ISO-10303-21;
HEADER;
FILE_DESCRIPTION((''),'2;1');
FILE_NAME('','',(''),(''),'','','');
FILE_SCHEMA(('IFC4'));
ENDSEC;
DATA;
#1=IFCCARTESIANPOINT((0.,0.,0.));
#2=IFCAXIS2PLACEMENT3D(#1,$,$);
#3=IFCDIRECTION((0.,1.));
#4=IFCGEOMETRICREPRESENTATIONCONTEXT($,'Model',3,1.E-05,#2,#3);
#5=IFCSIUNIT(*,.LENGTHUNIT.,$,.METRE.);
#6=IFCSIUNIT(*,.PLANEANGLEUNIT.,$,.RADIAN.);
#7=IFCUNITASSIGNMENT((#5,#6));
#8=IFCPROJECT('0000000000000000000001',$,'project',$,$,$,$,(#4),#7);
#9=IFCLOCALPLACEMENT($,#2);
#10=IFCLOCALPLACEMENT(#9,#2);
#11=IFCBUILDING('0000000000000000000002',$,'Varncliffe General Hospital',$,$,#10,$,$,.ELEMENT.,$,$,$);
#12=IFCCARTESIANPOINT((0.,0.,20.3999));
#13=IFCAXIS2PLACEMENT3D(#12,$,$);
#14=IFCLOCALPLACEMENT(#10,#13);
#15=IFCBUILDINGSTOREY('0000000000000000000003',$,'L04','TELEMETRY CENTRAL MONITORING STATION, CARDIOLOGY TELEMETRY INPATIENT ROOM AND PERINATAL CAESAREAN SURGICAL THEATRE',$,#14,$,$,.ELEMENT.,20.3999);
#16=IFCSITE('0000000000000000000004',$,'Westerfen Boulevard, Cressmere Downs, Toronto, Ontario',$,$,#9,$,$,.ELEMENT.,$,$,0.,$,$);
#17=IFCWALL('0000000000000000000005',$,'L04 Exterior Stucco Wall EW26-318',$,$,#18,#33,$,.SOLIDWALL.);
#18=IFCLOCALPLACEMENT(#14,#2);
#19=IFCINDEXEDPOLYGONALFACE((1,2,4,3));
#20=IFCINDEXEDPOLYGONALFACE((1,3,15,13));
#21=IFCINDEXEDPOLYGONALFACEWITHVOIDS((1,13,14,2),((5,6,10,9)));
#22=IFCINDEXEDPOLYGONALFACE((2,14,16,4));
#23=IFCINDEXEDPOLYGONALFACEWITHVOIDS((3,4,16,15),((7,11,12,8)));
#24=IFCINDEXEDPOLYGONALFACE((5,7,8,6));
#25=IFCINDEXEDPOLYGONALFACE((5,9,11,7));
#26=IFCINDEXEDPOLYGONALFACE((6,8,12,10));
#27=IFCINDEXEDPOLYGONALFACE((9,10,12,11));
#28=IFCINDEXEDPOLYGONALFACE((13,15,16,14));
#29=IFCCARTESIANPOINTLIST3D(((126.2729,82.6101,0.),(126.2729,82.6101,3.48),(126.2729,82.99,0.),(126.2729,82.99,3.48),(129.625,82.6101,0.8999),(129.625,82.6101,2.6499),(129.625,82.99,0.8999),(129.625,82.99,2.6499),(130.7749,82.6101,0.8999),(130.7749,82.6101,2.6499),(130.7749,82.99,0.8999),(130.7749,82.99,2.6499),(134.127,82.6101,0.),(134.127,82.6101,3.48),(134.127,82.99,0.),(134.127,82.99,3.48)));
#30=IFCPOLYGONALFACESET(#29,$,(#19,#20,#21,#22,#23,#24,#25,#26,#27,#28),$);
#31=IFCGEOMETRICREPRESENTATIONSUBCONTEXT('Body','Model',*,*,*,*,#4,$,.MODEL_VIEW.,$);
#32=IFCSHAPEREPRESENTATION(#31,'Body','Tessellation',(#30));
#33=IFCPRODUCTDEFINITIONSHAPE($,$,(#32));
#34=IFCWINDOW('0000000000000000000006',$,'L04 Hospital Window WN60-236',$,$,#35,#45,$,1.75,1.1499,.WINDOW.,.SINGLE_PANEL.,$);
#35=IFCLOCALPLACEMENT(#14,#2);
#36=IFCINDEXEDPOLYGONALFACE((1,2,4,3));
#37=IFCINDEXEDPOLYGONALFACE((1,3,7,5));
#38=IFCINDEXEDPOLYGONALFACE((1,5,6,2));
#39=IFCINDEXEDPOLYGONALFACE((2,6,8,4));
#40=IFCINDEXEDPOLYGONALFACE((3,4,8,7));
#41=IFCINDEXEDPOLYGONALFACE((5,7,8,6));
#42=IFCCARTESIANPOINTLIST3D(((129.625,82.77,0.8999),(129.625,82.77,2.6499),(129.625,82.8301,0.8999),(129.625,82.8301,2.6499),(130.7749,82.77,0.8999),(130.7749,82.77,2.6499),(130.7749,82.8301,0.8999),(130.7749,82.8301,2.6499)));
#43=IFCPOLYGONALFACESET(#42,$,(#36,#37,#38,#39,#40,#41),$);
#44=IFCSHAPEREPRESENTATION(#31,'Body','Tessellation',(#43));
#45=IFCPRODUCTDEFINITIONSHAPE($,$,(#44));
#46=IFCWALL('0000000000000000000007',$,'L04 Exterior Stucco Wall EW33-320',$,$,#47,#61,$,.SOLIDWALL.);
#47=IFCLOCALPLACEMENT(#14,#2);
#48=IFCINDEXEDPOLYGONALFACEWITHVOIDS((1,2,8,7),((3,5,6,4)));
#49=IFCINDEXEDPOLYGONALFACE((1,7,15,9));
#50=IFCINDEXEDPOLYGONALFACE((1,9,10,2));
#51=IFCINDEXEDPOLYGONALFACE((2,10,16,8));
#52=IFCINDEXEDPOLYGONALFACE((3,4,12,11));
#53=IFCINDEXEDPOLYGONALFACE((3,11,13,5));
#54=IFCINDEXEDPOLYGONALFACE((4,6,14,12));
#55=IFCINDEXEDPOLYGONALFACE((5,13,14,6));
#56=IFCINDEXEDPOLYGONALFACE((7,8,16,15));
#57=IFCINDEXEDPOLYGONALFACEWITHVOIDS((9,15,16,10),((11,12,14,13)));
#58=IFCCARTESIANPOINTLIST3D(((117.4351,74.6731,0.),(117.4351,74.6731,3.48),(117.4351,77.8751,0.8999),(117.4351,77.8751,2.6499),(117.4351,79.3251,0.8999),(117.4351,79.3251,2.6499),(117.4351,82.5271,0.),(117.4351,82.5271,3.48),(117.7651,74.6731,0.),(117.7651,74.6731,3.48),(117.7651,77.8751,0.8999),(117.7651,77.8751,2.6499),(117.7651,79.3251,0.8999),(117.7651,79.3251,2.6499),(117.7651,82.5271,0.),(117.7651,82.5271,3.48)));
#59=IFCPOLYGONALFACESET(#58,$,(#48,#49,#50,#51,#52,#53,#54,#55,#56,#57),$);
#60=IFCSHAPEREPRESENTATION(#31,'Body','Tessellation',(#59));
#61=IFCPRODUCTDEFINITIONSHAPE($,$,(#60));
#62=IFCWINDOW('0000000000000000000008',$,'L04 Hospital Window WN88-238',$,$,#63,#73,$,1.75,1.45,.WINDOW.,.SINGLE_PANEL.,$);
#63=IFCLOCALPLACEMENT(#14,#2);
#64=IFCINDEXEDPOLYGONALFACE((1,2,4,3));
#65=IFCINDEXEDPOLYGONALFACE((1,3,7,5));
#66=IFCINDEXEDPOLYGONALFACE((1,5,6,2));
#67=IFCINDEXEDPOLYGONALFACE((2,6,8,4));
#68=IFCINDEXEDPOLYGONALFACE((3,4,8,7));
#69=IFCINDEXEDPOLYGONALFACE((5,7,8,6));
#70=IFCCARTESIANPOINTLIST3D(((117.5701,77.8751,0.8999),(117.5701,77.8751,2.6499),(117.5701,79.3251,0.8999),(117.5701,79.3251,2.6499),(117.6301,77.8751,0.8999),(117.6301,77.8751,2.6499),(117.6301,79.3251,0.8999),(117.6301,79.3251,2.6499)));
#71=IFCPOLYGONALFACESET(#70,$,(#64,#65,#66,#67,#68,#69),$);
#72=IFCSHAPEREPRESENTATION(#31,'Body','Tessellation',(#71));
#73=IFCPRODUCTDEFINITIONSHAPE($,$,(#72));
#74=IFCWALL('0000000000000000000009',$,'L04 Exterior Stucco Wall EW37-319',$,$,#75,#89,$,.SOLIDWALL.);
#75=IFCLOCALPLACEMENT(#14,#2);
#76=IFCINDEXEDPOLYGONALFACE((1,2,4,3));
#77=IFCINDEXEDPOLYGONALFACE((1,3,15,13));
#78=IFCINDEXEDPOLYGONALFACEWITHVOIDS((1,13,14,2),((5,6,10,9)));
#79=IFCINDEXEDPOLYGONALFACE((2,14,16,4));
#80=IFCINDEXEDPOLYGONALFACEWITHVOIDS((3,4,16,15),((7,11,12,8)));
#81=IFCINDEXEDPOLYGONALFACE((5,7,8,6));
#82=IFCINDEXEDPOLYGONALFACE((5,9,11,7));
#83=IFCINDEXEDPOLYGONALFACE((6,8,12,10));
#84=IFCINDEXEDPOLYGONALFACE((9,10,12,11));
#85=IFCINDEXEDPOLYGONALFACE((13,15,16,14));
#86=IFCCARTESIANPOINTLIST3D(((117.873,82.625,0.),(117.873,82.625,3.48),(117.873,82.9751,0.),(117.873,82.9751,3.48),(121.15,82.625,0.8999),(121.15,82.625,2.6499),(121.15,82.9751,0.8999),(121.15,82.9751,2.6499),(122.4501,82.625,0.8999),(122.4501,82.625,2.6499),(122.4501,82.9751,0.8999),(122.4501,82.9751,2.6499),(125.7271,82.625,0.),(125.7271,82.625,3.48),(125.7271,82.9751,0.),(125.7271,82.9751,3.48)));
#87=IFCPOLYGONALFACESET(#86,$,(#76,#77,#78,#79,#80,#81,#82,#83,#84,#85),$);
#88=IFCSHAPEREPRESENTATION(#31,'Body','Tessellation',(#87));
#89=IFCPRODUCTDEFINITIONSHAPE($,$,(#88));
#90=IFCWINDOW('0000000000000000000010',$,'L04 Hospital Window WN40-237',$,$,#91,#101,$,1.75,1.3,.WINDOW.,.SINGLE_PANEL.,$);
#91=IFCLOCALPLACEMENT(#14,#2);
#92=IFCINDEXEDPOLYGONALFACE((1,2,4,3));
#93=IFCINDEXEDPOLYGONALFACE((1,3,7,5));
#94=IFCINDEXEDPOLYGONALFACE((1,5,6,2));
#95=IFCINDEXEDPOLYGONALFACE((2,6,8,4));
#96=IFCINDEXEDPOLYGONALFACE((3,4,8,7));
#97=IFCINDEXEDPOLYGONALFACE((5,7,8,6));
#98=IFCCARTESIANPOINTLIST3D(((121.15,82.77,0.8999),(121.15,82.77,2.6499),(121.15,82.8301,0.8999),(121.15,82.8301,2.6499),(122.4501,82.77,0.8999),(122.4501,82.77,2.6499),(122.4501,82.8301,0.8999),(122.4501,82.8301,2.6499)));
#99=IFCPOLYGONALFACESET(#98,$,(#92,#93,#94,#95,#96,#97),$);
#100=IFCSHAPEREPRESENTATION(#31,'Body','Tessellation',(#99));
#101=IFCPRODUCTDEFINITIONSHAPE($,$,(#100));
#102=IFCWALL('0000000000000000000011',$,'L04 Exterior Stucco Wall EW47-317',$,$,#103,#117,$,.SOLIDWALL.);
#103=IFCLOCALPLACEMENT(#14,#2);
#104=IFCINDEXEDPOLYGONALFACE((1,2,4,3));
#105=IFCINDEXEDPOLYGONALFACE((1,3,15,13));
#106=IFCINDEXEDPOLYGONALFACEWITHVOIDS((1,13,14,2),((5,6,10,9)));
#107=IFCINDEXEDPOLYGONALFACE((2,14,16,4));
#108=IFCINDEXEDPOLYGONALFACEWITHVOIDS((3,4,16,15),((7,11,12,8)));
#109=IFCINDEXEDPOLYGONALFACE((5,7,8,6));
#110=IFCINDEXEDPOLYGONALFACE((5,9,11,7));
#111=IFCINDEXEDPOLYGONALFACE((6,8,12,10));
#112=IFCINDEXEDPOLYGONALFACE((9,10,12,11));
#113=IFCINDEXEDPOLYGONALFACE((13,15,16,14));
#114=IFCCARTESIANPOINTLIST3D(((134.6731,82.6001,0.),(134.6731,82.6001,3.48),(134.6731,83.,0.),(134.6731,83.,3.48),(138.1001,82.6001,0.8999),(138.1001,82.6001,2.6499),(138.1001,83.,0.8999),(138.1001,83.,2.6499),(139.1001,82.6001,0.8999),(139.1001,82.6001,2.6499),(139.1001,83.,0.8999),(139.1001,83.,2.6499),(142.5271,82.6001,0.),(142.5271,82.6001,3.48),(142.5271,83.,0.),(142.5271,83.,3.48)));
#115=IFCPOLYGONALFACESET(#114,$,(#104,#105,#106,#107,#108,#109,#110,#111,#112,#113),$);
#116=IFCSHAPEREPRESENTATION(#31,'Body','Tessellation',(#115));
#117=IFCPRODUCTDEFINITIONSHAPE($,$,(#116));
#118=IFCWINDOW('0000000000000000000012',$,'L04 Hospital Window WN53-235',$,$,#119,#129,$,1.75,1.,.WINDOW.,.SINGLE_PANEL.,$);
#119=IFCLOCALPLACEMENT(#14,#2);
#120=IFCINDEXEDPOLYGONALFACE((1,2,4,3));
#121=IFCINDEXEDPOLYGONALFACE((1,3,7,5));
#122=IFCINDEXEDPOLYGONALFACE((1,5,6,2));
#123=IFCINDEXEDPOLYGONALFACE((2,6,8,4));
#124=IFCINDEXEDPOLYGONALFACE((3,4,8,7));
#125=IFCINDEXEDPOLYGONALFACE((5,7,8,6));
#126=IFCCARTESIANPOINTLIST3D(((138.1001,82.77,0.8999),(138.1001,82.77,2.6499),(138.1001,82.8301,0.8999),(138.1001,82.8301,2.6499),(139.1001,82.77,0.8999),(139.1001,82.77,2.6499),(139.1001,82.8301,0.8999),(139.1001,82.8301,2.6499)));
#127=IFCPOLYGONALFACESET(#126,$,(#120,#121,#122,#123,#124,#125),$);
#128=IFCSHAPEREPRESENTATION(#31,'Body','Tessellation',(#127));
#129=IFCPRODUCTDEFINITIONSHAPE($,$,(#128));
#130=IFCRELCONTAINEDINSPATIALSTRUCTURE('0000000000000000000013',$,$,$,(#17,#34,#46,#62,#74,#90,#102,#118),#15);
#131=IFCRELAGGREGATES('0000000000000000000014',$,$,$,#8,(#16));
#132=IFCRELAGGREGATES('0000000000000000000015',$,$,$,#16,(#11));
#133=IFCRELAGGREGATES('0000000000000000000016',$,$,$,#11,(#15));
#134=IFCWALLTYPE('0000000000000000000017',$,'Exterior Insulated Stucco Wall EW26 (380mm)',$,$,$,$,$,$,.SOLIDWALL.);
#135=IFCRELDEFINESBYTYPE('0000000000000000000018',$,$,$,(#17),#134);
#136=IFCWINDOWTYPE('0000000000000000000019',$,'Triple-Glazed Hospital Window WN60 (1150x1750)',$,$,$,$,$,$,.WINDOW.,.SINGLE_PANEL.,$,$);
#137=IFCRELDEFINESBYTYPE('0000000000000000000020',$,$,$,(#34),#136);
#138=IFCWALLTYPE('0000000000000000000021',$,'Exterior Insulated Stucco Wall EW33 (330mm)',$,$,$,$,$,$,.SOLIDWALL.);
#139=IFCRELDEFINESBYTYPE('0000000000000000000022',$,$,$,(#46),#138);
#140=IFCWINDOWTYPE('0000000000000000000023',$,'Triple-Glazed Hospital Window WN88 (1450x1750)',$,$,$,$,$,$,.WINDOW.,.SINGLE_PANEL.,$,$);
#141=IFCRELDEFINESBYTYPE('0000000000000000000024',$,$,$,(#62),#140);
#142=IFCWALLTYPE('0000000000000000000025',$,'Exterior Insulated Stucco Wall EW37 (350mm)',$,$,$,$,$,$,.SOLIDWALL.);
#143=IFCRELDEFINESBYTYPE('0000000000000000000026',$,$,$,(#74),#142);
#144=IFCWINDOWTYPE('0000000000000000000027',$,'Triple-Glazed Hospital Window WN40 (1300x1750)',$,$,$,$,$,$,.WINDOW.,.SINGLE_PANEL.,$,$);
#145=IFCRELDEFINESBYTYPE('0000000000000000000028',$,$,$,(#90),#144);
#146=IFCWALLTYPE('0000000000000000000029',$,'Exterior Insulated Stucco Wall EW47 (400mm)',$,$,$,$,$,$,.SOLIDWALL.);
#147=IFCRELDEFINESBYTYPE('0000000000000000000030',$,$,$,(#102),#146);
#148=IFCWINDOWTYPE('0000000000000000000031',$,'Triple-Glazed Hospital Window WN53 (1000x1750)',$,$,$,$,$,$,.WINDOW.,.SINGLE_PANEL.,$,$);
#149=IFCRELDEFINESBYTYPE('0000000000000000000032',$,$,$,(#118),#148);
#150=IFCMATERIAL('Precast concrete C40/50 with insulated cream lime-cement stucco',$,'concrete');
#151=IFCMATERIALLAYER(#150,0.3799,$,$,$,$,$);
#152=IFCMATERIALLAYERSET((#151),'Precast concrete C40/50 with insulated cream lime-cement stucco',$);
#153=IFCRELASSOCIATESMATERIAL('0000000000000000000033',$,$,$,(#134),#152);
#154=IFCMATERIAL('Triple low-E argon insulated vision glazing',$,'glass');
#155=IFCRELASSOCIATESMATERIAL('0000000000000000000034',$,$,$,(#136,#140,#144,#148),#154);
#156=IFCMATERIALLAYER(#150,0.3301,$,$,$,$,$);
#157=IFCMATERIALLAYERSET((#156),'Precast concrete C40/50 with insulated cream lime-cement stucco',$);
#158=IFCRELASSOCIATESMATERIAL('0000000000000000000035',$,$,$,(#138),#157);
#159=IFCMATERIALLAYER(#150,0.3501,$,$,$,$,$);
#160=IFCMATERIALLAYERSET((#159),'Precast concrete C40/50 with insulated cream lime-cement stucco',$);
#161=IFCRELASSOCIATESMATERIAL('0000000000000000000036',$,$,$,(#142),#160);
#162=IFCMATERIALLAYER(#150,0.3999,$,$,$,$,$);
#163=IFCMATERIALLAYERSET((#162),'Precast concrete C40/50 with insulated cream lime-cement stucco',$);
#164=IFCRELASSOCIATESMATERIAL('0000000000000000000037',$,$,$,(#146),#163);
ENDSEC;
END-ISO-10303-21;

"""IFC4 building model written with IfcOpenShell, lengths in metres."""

from ifc_helpers import new_model, si_unit, direction, frame, frame_2d, origin, place, context, subcontext, project, spatial, rectangle, extrude, material, layer, layer_set, type_object, element, fill, save


model = new_model("IFC4")

# Units and contexts
model_context = context("Model", 3, precision=1e-05, world=origin(), true_north=direction((0.0, 1.0)))
body_context = subcontext(model_context, "Body", "Model", "MODEL_VIEW")
ifc_project = project(units=[si_unit("LENGTHUNIT", "METRE"), si_unit("PLANEANGLEUNIT", "RADIAN")], contexts=[model_context])

# Site, building, storey
site_placement = place(None, origin())
site = spatial("IfcSite", under=ifc_project, at=site_placement, Name="Westerfen Boulevard, Cressmere Downs, Toronto, Ontario", CompositionType="ELEMENT", RefElevation=0.0)
building_placement = place(site_placement, origin())
building = spatial("IfcBuilding", under=site, at=building_placement, Name="Varncliffe General Hospital", CompositionType="ELEMENT")
storey_placement = place(building_placement, frame((0.0, 0.0, 20.3999)))
storey = spatial("IfcBuildingStorey", under=building, at=storey_placement, Name="L04", Description="TELEMETRY CENTRAL MONITORING STATION, CARDIOLOGY TELEMETRY INPATIENT ROOM AND PERINATAL CAESAREAN SURGICAL THEATRE", CompositionType="ELEMENT", Elevation=20.3999)

# Walls, openings, windows
ifc_material_1 = material(Name="Precast concrete C40/50 with insulated cream lime-cement stucco", Category="concrete")
ifc_material_2 = material(Name="Triple low-E argon insulated vision glazing", Category="glass")
ifc_layer_1 = layer(ifc_material_1, 0.3799)
ifc_layer_set_1 = layer_set([ifc_layer_1], Name="Precast concrete C40/50 with insulated cream lime-cement stucco")
wall_type_1 = type_object("IfcWallType", Name="Exterior Insulated Stucco Wall EW26 (380mm)", PredefinedType="SOLIDWALL", material=ifc_layer_set_1)
wall_1_placement = place(storey_placement, frame((134.127, 82.8, 0.0), z_axis=(0.0, 0.0, 1.0), x_axis=(-1.0, 0.0, 0.0)))
wall_1 = element("IfcWall", 1, at=wall_1_placement, inside=storey, type_object=wall_type_1, Name="L04 Exterior Stucco Wall EW26-318", PredefinedType="SOLIDWALL", context=body_context, shape_type="SweptSolid", body=[
    extrude(rectangle(XDim=7.854, YDim=0.3799, at=frame_2d((3.927, 0.0))), origin(), (0.0, 0.0, 1.0), 3.48),
])
opening_1_placement = place(wall_1_placement, frame((3.3521, 0.0, 0.8999)))
opening_1 = element("IfcOpeningElement", 2, at=opening_1_placement, cuts=wall_1, PredefinedType="OPENING", context=body_context, shape_type="SweptSolid", body=[
    extrude(rectangle(XDim=1.1499, YDim=1.75, at=frame_2d((0.575, 0.875))), frame((0.0, 0.2, 0.0), z_axis=(0.0, -1.0, 0.0), x_axis=(1.0, 0.0, 0.0)), (0.0, 0.0, 1.0), 0.3999),
])
window_type_1 = type_object("IfcWindowType", Name="Triple-Glazed Hospital Window WN60 (1150x1750)", PartitioningType="SINGLE_PANEL", PredefinedType="WINDOW", material=ifc_material_2)
window_1_placement = place(opening_1_placement, origin())
window_1 = element("IfcWindow", 3, at=window_1_placement, inside=storey, type_object=window_type_1, Name="L04 Hospital Window WN60-236", OverallHeight=1.75, OverallWidth=1.1499, PartitioningType="SINGLE_PANEL", PredefinedType="WINDOW", context=body_context, shape_type="SweptSolid", body=[
    extrude(rectangle(XDim=1.1499, YDim=1.75, at=frame_2d((0.575, 0.875))), frame((0.0, 0.03, 0.0), z_axis=(0.0, -1.0, 0.0), x_axis=(1.0, 0.0, 0.0)), (0.0, 0.0, 1.0), 0.0601),
])
fill(opening_1, window_1)
ifc_layer_2 = layer(ifc_material_1, 0.3301)
ifc_layer_set_2 = layer_set([ifc_layer_2], Name="Precast concrete C40/50 with insulated cream lime-cement stucco")
wall_type_2 = type_object("IfcWallType", Name="Exterior Insulated Stucco Wall EW33 (330mm)", PredefinedType="SOLIDWALL", material=ifc_layer_set_2)
wall_2_placement = place(storey_placement, frame((117.6001, 82.5271, 0.0), z_axis=(0.0, 0.0, 1.0), x_axis=(0.0, -1.0, 0.0)))
wall_2 = element("IfcWall", 4, at=wall_2_placement, inside=storey, type_object=wall_type_2, Name="L04 Exterior Stucco Wall EW33-320", PredefinedType="SOLIDWALL", context=body_context, shape_type="SweptSolid", body=[
    extrude(rectangle(XDim=7.854, YDim=0.3301, at=frame_2d((3.927, 0.0))), origin(), (0.0, 0.0, 1.0), 3.48),
])
opening_2_placement = place(wall_2_placement, frame((3.2019, 0.0, 0.8999)))
opening_2 = element("IfcOpeningElement", 5, at=opening_2_placement, cuts=wall_2, PredefinedType="OPENING", context=body_context, shape_type="SweptSolid", body=[
    extrude(rectangle(XDim=1.45, YDim=1.75, at=frame_2d((0.7251, 0.875))), frame((0.0, 0.175, 0.0), z_axis=(0.0, -1.0, 0.0), x_axis=(1.0, 0.0, 0.0)), (0.0, 0.0, 1.0), 0.3501),
])
window_type_2 = type_object("IfcWindowType", Name="Triple-Glazed Hospital Window WN88 (1450x1750)", PartitioningType="SINGLE_PANEL", PredefinedType="WINDOW", material=ifc_material_2)
window_2_placement = place(opening_2_placement, origin())
window_2 = element("IfcWindow", 6, at=window_2_placement, inside=storey, type_object=window_type_2, Name="L04 Hospital Window WN88-238", OverallHeight=1.75, OverallWidth=1.45, PartitioningType="SINGLE_PANEL", PredefinedType="WINDOW", context=body_context, shape_type="SweptSolid", body=[
    extrude(rectangle(XDim=1.45, YDim=1.75, at=frame_2d((0.7251, 0.875))), frame((0.0, 0.03, 0.0), z_axis=(0.0, -1.0, 0.0), x_axis=(1.0, 0.0, 0.0)), (0.0, 0.0, 1.0), 0.0601),
])
fill(opening_2, window_2)
ifc_layer_3 = layer(ifc_material_1, 0.3501)
ifc_layer_set_3 = layer_set([ifc_layer_3], Name="Precast concrete C40/50 with insulated cream lime-cement stucco")
wall_type_3 = type_object("IfcWallType", Name="Exterior Insulated Stucco Wall EW37 (350mm)", PredefinedType="SOLIDWALL", material=ifc_layer_set_3)
wall_3_placement = place(storey_placement, frame((125.7271, 82.8, 0.0), z_axis=(0.0, 0.0, 1.0), x_axis=(-1.0, 0.0, 0.0)))
wall_3 = element("IfcWall", 7, at=wall_3_placement, inside=storey, type_object=wall_type_3, Name="L04 Exterior Stucco Wall EW37-319", PredefinedType="SOLIDWALL", context=body_context, shape_type="SweptSolid", body=[
    extrude(rectangle(XDim=7.854, YDim=0.3501, at=frame_2d((3.927, 0.0))), origin(), (0.0, 0.0, 1.0), 3.48),
])
opening_3_placement = place(wall_3_placement, frame((3.2771, 0.0, 0.8999)))
opening_3 = element("IfcOpeningElement", 8, at=opening_3_placement, cuts=wall_3, PredefinedType="OPENING", context=body_context, shape_type="SweptSolid", body=[
    extrude(rectangle(XDim=1.3, YDim=1.75, at=frame_2d((0.6499, 0.875))), frame((0.0, 0.1851, 0.0), z_axis=(0.0, -1.0, 0.0), x_axis=(1.0, 0.0, 0.0)), (0.0, 0.0, 1.0), 0.3701),
])
window_type_3 = type_object("IfcWindowType", Name="Triple-Glazed Hospital Window WN40 (1300x1750)", PartitioningType="SINGLE_PANEL", PredefinedType="WINDOW", material=ifc_material_2)
window_3_placement = place(opening_3_placement, origin())
window_3 = element("IfcWindow", 9, at=window_3_placement, inside=storey, type_object=window_type_3, Name="L04 Hospital Window WN40-237", OverallHeight=1.75, OverallWidth=1.3, PartitioningType="SINGLE_PANEL", PredefinedType="WINDOW", context=body_context, shape_type="SweptSolid", body=[
    extrude(rectangle(XDim=1.3, YDim=1.75, at=frame_2d((0.6499, 0.875))), frame((0.0, 0.03, 0.0), z_axis=(0.0, -1.0, 0.0), x_axis=(1.0, 0.0, 0.0)), (0.0, 0.0, 1.0), 0.0601),
])
fill(opening_3, window_3)
ifc_layer_4 = layer(ifc_material_1, 0.3999)
ifc_layer_set_4 = layer_set([ifc_layer_4], Name="Precast concrete C40/50 with insulated cream lime-cement stucco")
wall_type_4 = type_object("IfcWallType", Name="Exterior Insulated Stucco Wall EW47 (400mm)", PredefinedType="SOLIDWALL", material=ifc_layer_set_4)
wall_4_placement = place(storey_placement, frame((142.5271, 82.8, 0.0), z_axis=(0.0, 0.0, 1.0), x_axis=(-1.0, 0.0, 0.0)))
wall_4 = element("IfcWall", 10, at=wall_4_placement, inside=storey, type_object=wall_type_4, Name="L04 Exterior Stucco Wall EW47-317", PredefinedType="SOLIDWALL", context=body_context, shape_type="SweptSolid", body=[
    extrude(rectangle(XDim=7.854, YDim=0.3999, at=frame_2d((3.927, 0.0))), origin(), (0.0, 0.0, 1.0), 3.48),
])
opening_4_placement = place(wall_4_placement, frame((3.427, 0.0, 0.8999)))
opening_4 = element("IfcOpeningElement", 11, at=opening_4_placement, cuts=wall_4, PredefinedType="OPENING", context=body_context, shape_type="SweptSolid", body=[
    extrude(rectangle(XDim=1.0, YDim=1.75, at=frame_2d((0.5, 0.875))), frame((0.0, 0.21, 0.0), z_axis=(0.0, -1.0, 0.0), x_axis=(1.0, 0.0, 0.0)), (0.0, 0.0, 1.0), 0.4199),
])
window_type_4 = type_object("IfcWindowType", Name="Triple-Glazed Hospital Window WN53 (1000x1750)", PartitioningType="SINGLE_PANEL", PredefinedType="WINDOW", material=ifc_material_2)
window_4_placement = place(opening_4_placement, origin())
window_4 = element("IfcWindow", 12, at=window_4_placement, inside=storey, type_object=window_type_4, Name="L04 Hospital Window WN53-235", OverallHeight=1.75, OverallWidth=1.0, PartitioningType="SINGLE_PANEL", PredefinedType="WINDOW", context=body_context, shape_type="SweptSolid", body=[
    extrude(rectangle(XDim=1.0, YDim=1.75, at=frame_2d((0.5, 0.875))), frame((0.0, 0.03, 0.0), z_axis=(0.0, -1.0, 0.0), x_axis=(1.0, 0.0, 0.0)), (0.0, 0.0, 1.0), 0.0601),
])
fill(opening_4, window_4)

save(model, "model.ifc")
